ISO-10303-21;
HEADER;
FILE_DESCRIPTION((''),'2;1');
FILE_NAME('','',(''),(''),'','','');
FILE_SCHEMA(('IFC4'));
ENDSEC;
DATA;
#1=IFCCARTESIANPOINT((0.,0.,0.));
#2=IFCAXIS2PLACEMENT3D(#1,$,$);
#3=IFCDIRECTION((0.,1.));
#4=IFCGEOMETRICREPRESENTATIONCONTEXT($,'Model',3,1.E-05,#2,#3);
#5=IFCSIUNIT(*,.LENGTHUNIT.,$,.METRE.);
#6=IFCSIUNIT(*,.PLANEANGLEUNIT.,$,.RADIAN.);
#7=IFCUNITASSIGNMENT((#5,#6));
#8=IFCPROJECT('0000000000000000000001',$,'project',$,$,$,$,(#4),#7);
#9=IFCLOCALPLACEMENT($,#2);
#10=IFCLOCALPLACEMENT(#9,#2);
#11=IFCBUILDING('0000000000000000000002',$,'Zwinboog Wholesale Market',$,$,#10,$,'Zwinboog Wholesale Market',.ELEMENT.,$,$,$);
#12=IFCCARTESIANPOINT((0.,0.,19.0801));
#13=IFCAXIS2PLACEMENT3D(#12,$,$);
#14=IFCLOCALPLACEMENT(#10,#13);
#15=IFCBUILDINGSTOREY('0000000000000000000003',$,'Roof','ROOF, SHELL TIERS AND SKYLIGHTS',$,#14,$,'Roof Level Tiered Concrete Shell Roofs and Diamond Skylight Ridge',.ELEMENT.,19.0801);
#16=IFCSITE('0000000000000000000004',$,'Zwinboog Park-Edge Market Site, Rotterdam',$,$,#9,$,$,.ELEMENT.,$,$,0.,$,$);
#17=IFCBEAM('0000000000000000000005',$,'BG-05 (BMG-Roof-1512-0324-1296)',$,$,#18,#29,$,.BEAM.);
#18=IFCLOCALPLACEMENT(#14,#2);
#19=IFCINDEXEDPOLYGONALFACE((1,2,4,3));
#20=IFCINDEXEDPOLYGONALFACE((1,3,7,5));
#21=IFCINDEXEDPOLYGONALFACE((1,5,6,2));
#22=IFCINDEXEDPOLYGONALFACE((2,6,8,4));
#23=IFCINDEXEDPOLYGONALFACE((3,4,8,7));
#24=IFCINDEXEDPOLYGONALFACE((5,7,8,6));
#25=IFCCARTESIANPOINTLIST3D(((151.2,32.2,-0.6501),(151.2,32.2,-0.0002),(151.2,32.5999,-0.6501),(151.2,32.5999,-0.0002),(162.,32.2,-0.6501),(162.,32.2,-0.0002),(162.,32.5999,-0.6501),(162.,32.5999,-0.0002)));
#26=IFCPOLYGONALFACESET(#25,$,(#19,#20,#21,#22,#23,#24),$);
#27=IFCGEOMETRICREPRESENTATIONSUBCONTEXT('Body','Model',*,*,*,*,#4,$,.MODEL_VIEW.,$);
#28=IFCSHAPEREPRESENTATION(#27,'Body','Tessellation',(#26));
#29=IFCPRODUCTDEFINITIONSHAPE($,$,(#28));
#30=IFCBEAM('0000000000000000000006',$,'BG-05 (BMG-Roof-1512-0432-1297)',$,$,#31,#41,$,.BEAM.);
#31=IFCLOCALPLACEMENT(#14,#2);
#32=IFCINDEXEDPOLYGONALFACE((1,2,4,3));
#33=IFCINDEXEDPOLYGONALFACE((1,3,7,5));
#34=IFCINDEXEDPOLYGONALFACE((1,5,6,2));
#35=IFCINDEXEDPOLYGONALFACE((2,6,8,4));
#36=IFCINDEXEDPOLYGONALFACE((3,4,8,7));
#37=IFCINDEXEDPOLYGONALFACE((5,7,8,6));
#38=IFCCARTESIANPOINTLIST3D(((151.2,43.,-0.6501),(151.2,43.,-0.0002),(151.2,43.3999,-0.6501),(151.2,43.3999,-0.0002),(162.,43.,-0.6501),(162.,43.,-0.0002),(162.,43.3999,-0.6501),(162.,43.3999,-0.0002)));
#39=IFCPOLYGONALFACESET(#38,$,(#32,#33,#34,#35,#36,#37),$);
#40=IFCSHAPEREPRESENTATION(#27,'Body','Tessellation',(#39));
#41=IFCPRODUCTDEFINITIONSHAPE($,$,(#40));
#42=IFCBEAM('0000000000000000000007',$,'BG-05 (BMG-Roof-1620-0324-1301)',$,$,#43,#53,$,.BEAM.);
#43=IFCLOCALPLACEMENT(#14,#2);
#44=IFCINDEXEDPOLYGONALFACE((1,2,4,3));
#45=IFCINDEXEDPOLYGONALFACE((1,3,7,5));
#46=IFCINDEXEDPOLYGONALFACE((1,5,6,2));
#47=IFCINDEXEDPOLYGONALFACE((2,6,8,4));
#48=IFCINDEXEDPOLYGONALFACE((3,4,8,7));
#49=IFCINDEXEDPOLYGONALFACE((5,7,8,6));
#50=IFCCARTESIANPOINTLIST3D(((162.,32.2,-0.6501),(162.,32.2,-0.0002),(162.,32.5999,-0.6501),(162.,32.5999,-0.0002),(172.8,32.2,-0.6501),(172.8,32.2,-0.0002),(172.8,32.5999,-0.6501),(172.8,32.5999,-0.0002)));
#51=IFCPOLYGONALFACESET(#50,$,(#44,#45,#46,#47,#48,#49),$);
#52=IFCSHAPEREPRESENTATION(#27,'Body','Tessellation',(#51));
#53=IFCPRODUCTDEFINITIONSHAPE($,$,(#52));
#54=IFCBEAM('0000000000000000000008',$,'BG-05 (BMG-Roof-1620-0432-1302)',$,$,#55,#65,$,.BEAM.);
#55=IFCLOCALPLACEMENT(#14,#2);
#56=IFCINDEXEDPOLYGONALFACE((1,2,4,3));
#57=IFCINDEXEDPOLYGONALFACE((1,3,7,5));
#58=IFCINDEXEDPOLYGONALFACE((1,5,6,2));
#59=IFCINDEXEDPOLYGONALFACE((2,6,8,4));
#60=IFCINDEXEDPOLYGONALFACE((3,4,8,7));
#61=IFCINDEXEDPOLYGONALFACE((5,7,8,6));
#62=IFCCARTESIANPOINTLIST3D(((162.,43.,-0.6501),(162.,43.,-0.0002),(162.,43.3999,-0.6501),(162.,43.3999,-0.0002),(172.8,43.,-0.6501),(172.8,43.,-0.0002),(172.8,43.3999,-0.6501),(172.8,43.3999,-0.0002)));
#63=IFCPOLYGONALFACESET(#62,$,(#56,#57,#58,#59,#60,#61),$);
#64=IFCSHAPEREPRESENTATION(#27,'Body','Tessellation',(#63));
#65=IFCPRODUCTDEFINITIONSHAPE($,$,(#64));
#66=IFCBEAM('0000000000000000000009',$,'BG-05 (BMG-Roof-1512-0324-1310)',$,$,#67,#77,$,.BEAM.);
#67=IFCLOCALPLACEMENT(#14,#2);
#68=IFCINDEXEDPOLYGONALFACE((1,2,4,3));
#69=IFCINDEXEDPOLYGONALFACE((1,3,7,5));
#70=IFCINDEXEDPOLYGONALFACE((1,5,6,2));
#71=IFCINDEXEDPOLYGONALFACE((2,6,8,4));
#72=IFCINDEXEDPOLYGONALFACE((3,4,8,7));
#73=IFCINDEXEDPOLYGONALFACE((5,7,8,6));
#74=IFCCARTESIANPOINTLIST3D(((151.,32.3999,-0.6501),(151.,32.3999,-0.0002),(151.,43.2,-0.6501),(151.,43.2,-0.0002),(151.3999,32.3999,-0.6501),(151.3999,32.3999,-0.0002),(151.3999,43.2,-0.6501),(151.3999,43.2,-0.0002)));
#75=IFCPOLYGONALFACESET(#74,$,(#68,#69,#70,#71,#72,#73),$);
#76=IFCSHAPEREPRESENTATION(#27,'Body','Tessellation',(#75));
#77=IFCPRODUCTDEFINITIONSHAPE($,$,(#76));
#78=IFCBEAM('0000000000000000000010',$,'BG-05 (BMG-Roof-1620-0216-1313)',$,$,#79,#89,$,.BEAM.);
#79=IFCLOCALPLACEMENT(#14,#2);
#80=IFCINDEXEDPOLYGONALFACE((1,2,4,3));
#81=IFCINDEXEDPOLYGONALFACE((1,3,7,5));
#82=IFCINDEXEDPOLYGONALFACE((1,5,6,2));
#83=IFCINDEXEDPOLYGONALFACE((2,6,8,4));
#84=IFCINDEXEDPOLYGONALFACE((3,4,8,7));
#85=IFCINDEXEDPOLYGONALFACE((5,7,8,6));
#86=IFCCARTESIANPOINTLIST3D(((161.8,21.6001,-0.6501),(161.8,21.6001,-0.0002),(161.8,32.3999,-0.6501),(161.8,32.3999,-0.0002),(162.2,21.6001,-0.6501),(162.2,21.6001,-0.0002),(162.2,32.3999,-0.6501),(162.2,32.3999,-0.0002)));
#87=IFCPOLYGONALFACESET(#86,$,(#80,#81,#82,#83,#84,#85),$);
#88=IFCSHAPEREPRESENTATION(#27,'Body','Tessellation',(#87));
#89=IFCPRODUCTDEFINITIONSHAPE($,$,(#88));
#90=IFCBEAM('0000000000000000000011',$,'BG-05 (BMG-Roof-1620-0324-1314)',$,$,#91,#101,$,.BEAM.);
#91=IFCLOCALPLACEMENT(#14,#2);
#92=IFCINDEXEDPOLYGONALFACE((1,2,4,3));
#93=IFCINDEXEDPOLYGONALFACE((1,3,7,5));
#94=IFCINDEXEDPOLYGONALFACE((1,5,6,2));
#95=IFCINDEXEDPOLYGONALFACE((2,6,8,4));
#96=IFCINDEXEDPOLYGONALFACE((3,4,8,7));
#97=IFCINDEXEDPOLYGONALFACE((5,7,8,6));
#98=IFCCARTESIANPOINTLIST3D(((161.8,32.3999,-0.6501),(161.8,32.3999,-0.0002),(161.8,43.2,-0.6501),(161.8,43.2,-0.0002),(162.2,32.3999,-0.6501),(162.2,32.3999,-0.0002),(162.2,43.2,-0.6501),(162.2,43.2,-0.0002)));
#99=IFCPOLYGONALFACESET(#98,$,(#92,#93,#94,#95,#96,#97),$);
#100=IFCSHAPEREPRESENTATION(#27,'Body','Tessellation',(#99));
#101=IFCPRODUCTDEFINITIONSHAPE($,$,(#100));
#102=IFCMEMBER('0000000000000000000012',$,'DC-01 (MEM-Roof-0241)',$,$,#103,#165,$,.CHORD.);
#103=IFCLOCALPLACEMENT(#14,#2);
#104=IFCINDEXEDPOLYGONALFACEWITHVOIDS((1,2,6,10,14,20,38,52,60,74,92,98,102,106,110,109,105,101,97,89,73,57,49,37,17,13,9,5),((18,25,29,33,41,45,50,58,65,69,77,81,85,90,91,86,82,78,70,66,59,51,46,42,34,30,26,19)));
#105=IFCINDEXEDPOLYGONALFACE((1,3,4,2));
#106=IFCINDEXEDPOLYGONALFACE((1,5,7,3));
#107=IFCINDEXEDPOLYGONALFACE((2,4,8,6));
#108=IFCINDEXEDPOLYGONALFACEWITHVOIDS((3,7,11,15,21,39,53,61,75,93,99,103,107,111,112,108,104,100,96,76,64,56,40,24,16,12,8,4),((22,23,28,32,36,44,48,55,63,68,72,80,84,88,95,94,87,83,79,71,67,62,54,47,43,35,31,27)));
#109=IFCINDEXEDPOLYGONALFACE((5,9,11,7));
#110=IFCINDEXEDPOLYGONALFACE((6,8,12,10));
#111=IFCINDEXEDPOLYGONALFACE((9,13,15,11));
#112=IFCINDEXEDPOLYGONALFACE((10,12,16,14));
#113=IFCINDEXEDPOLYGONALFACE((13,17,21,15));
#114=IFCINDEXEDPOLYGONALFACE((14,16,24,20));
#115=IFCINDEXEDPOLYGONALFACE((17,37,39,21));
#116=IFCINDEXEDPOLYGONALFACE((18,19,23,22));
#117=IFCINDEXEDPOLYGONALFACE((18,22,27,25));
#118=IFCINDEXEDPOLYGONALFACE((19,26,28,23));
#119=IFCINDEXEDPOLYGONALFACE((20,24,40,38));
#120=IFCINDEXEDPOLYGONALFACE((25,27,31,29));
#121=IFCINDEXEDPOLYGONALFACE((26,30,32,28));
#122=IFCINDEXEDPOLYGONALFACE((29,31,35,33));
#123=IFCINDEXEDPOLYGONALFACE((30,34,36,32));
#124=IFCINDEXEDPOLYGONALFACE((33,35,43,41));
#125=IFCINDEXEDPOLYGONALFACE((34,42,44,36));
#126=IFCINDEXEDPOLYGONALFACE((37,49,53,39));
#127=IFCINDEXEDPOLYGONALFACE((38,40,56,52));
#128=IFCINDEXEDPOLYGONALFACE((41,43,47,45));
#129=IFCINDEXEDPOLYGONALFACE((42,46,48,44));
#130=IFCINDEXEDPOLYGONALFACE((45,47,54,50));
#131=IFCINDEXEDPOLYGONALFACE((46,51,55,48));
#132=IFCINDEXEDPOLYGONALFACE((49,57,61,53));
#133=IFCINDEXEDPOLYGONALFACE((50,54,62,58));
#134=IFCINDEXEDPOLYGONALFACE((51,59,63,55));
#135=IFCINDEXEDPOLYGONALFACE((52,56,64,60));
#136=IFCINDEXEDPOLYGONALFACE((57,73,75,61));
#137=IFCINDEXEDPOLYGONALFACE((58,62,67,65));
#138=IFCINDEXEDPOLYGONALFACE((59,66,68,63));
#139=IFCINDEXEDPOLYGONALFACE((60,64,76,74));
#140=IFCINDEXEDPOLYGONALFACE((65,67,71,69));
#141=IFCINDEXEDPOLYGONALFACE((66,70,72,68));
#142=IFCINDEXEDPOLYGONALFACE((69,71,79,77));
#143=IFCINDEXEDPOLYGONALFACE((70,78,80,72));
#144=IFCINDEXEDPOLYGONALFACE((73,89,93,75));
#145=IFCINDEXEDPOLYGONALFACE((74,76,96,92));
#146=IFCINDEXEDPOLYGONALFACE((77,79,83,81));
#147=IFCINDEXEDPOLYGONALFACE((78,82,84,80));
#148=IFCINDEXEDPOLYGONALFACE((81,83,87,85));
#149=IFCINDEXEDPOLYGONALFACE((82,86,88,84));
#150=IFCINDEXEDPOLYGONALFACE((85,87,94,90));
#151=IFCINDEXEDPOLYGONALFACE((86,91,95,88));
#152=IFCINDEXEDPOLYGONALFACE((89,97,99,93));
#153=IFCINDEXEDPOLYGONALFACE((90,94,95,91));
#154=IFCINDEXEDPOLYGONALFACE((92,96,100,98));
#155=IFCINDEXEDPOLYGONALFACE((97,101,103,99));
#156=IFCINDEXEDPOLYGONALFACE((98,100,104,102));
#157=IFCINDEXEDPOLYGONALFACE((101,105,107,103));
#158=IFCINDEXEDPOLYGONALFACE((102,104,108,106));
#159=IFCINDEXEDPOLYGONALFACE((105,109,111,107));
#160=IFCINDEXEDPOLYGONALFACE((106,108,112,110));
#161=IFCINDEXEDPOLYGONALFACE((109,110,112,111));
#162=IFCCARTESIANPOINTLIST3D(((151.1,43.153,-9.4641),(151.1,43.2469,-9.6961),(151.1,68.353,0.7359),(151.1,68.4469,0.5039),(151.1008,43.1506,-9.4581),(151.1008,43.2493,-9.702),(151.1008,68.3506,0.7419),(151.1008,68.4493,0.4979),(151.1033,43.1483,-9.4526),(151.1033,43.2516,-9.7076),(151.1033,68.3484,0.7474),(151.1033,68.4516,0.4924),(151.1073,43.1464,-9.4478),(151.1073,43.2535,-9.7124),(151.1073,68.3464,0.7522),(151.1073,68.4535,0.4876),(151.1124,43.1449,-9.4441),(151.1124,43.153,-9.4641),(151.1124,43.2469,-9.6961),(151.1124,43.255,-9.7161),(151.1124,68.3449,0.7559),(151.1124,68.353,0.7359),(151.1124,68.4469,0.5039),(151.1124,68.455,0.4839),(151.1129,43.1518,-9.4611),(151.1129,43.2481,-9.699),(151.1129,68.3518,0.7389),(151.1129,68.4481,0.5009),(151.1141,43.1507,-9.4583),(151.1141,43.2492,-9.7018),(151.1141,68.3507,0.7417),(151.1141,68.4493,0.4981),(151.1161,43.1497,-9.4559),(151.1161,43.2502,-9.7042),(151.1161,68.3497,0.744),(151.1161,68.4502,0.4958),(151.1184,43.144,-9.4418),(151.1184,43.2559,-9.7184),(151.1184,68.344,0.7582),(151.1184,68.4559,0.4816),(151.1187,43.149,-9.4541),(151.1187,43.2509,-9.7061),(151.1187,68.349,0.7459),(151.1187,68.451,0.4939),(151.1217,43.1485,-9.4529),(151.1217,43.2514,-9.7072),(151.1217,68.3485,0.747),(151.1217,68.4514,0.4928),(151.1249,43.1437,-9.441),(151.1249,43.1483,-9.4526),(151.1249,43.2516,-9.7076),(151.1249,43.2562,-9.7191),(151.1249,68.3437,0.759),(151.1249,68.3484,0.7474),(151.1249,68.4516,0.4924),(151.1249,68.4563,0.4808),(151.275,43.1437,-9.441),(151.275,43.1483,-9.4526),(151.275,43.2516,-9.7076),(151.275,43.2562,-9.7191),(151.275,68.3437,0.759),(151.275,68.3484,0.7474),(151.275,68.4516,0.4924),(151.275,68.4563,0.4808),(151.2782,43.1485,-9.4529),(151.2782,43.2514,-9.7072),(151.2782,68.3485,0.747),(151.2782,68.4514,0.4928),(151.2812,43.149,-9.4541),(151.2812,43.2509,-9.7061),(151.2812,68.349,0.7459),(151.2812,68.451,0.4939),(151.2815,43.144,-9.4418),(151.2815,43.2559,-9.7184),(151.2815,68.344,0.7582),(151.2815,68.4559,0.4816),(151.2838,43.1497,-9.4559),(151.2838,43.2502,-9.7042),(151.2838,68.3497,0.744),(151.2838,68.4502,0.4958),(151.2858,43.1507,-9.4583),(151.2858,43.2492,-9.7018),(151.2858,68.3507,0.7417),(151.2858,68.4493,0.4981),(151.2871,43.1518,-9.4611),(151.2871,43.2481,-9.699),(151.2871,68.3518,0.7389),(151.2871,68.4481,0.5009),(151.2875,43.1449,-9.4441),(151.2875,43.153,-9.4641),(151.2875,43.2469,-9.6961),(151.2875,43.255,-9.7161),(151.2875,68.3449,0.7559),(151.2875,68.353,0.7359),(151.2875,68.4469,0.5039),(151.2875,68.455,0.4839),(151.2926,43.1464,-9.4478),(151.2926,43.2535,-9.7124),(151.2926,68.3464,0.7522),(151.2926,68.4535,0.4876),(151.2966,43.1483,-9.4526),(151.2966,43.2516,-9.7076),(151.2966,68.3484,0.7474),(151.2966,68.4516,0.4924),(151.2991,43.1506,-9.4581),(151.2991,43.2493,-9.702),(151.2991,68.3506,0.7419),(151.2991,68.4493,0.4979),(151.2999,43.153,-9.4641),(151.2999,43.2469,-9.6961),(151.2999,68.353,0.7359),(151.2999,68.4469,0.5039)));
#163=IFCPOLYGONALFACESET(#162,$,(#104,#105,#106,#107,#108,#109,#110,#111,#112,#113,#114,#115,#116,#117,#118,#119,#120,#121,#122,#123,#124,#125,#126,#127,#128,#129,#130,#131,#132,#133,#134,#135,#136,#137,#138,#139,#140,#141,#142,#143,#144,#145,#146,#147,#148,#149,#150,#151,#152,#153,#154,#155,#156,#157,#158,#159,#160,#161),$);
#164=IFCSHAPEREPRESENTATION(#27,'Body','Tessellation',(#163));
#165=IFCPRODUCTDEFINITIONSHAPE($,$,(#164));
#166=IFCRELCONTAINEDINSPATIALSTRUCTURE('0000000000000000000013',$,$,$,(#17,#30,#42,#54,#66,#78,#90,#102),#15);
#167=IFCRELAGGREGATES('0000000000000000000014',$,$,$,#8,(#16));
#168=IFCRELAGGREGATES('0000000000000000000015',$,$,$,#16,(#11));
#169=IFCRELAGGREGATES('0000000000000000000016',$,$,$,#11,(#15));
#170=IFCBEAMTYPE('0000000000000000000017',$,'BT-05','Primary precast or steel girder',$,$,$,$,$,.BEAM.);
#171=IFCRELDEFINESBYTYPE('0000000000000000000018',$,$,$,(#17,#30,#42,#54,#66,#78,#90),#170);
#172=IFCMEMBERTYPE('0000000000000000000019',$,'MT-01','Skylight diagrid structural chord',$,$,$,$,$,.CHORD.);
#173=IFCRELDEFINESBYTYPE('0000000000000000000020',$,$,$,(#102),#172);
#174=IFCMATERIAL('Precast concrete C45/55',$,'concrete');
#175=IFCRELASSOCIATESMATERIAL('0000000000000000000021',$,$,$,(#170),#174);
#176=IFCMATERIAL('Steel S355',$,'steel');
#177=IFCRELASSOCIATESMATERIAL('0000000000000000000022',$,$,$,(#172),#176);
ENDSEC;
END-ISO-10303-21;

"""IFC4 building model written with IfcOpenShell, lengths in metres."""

from ifc_helpers import new_model, si_unit, direction, frame, origin, origin_2d, place, context, subcontext, project, spatial, rectangle, hollow_rectangle, extrude, material, material_profile, profile_set, type_object, element, save


model = new_model("IFC4")

# Units and contexts
model_context = context("Model", 3, precision=1e-05, world=origin(), true_north=direction((0.0, 1.0)))
body_context = subcontext(model_context, "Body", "Model", "MODEL_VIEW")
ifc_project = project(units=[si_unit("LENGTHUNIT", "METRE"), si_unit("PLANEANGLEUNIT", "RADIAN")], contexts=[model_context])

# Site, building, storey
site_placement = place(None, origin())
site = spatial("IfcSite", under=ifc_project, at=site_placement, Name="Zwinboog Park-Edge Market Site, Rotterdam", CompositionType="ELEMENT", RefElevation=0.0)
building_placement = place(site_placement, origin())
building = spatial("IfcBuilding", under=site, at=building_placement, Name="Zwinboog Wholesale Market", LongName="Zwinboog Wholesale Market", CompositionType="ELEMENT")
storey_placement = place(building_placement, frame((0.0, 0.0, 19.0801)))
storey = spatial("IfcBuildingStorey", under=building, at=storey_placement, Name="Roof", Description="ROOF, SHELL TIERS AND SKYLIGHTS", LongName="Roof Level Tiered Concrete Shell Roofs and Diamond Skylight Ridge", CompositionType="ELEMENT", Elevation=19.0801)

# Beams
ifc_material_1 = material(Name="Precast concrete C45/55", Category="concrete")
ifc_material_profile_1 = material_profile(ifc_material_1, rectangle(XDim=0.3999, YDim=0.6499, at=origin_2d()), Name="PC 400x650")
ifc_profile_set_1 = profile_set([ifc_material_profile_1], Name="Precast concrete C45/55")
beam_type = type_object("IfcBeamType", Name="BT-05", Description="Primary precast or steel girder", PredefinedType="BEAM", material=ifc_profile_set_1)
for number, where, z_axis, x_axis, name in (
    (1, (151.2, 32.3999, -0.3252), (1.0, 0.0, 0.0), (0.0, 1.0, 0.0), "BG-05 (BMG-Roof-1512-0324-1296)"),
    (2, (151.2, 43.2, -0.3252), (1.0, 0.0, 0.0), (0.0, 1.0, 0.0), "BG-05 (BMG-Roof-1512-0432-1297)"),
    (3, (162.0, 32.3999, -0.3252), (1.0, 0.0, 0.0), (0.0, 1.0, 0.0), "BG-05 (BMG-Roof-1620-0324-1301)"),
    (4, (162.0, 43.2, -0.3252), (1.0, 0.0, 0.0), (0.0, 1.0, 0.0), "BG-05 (BMG-Roof-1620-0432-1302)"),
    (5, (151.2, 32.3999, -0.3252), (0.0, 1.0, 0.0), (-1.0, 0.0, 0.0), "BG-05 (BMG-Roof-1512-0324-1310)"),
):
    element("IfcBeam", number, at=place(storey_placement, frame(where, z_axis=z_axis, x_axis=x_axis)), inside=storey, type_object=beam_type, Name=name, PredefinedType="BEAM", context=body_context, shape_type="SweptSolid", body=[
        extrude(rectangle(XDim=0.3999, YDim=0.6499, at=origin_2d()), origin(), (0.0, 0.0, 1.0), 10.8),
    ])
beam_1_placement = place(storey_placement, frame((162.0, 21.6001, -0.3252), z_axis=(0.0, 1.0, 0.0), x_axis=(-1.0, 0.0, 0.0)))
element("IfcBeam", 6, at=beam_1_placement, inside=storey, type_object=beam_type, Name="BG-05 (BMG-Roof-1620-0216-1313)", PredefinedType="BEAM", context=body_context, shape_type="SweptSolid", body=[
    extrude(rectangle(XDim=0.3999, YDim=0.6499, at=origin_2d()), origin(), (0.0, 0.0, 1.0), 10.7998),
])
beam_2_placement = place(storey_placement, frame((162.0, 32.3999, -0.3252), z_axis=(0.0, 1.0, 0.0), x_axis=(-1.0, 0.0, 0.0)))
element("IfcBeam", 7, at=beam_2_placement, inside=storey, type_object=beam_type, Name="BG-05 (BMG-Roof-1620-0324-1314)", PredefinedType="BEAM", context=body_context, shape_type="SweptSolid", body=[
    extrude(rectangle(XDim=0.3999, YDim=0.6499, at=origin_2d()), origin(), (0.0, 0.0, 1.0), 10.8),
])

# Member
ifc_material_2 = material(Name="Steel S355", Category="steel")
ifc_material_profile_2 = material_profile(ifc_material_2, hollow_rectangle(XDim=0.2, YDim=0.3, WallThickness=0.0125, InnerFilletRadius=0.0125, OuterFilletRadius=0.0249, at=origin_2d()), Name="RHS 300x200x12.5")
ifc_profile_set_2 = profile_set([ifc_material_profile_2], Name="Steel S355")
member_type_1 = type_object("IfcMemberType", Name="MT-01", Description="Skylight diagrid structural chord", PredefinedType="CHORD", material=ifc_profile_set_2)
member_1_placement = place(storey_placement, frame((151.2, 43.2, -9.5801), z_axis=(0.0, 0.926947, 0.375192), x_axis=(-1.0, 0.0, 0.0)))
element("IfcMember", 8, at=member_1_placement, inside=storey, type_object=member_type_1, Name="DC-01 (MEM-Roof-0241)", PredefinedType="CHORD", context=body_context, shape_type="SweptSolid", body=[
    extrude(hollow_rectangle(XDim=0.2, YDim=0.3, WallThickness=0.0125, InnerFilletRadius=0.0125, OuterFilletRadius=0.0249, at=origin_2d()), origin(), (0.0, 0.0, 1.0), 27.186),
])

save(model, "model.ifc")
